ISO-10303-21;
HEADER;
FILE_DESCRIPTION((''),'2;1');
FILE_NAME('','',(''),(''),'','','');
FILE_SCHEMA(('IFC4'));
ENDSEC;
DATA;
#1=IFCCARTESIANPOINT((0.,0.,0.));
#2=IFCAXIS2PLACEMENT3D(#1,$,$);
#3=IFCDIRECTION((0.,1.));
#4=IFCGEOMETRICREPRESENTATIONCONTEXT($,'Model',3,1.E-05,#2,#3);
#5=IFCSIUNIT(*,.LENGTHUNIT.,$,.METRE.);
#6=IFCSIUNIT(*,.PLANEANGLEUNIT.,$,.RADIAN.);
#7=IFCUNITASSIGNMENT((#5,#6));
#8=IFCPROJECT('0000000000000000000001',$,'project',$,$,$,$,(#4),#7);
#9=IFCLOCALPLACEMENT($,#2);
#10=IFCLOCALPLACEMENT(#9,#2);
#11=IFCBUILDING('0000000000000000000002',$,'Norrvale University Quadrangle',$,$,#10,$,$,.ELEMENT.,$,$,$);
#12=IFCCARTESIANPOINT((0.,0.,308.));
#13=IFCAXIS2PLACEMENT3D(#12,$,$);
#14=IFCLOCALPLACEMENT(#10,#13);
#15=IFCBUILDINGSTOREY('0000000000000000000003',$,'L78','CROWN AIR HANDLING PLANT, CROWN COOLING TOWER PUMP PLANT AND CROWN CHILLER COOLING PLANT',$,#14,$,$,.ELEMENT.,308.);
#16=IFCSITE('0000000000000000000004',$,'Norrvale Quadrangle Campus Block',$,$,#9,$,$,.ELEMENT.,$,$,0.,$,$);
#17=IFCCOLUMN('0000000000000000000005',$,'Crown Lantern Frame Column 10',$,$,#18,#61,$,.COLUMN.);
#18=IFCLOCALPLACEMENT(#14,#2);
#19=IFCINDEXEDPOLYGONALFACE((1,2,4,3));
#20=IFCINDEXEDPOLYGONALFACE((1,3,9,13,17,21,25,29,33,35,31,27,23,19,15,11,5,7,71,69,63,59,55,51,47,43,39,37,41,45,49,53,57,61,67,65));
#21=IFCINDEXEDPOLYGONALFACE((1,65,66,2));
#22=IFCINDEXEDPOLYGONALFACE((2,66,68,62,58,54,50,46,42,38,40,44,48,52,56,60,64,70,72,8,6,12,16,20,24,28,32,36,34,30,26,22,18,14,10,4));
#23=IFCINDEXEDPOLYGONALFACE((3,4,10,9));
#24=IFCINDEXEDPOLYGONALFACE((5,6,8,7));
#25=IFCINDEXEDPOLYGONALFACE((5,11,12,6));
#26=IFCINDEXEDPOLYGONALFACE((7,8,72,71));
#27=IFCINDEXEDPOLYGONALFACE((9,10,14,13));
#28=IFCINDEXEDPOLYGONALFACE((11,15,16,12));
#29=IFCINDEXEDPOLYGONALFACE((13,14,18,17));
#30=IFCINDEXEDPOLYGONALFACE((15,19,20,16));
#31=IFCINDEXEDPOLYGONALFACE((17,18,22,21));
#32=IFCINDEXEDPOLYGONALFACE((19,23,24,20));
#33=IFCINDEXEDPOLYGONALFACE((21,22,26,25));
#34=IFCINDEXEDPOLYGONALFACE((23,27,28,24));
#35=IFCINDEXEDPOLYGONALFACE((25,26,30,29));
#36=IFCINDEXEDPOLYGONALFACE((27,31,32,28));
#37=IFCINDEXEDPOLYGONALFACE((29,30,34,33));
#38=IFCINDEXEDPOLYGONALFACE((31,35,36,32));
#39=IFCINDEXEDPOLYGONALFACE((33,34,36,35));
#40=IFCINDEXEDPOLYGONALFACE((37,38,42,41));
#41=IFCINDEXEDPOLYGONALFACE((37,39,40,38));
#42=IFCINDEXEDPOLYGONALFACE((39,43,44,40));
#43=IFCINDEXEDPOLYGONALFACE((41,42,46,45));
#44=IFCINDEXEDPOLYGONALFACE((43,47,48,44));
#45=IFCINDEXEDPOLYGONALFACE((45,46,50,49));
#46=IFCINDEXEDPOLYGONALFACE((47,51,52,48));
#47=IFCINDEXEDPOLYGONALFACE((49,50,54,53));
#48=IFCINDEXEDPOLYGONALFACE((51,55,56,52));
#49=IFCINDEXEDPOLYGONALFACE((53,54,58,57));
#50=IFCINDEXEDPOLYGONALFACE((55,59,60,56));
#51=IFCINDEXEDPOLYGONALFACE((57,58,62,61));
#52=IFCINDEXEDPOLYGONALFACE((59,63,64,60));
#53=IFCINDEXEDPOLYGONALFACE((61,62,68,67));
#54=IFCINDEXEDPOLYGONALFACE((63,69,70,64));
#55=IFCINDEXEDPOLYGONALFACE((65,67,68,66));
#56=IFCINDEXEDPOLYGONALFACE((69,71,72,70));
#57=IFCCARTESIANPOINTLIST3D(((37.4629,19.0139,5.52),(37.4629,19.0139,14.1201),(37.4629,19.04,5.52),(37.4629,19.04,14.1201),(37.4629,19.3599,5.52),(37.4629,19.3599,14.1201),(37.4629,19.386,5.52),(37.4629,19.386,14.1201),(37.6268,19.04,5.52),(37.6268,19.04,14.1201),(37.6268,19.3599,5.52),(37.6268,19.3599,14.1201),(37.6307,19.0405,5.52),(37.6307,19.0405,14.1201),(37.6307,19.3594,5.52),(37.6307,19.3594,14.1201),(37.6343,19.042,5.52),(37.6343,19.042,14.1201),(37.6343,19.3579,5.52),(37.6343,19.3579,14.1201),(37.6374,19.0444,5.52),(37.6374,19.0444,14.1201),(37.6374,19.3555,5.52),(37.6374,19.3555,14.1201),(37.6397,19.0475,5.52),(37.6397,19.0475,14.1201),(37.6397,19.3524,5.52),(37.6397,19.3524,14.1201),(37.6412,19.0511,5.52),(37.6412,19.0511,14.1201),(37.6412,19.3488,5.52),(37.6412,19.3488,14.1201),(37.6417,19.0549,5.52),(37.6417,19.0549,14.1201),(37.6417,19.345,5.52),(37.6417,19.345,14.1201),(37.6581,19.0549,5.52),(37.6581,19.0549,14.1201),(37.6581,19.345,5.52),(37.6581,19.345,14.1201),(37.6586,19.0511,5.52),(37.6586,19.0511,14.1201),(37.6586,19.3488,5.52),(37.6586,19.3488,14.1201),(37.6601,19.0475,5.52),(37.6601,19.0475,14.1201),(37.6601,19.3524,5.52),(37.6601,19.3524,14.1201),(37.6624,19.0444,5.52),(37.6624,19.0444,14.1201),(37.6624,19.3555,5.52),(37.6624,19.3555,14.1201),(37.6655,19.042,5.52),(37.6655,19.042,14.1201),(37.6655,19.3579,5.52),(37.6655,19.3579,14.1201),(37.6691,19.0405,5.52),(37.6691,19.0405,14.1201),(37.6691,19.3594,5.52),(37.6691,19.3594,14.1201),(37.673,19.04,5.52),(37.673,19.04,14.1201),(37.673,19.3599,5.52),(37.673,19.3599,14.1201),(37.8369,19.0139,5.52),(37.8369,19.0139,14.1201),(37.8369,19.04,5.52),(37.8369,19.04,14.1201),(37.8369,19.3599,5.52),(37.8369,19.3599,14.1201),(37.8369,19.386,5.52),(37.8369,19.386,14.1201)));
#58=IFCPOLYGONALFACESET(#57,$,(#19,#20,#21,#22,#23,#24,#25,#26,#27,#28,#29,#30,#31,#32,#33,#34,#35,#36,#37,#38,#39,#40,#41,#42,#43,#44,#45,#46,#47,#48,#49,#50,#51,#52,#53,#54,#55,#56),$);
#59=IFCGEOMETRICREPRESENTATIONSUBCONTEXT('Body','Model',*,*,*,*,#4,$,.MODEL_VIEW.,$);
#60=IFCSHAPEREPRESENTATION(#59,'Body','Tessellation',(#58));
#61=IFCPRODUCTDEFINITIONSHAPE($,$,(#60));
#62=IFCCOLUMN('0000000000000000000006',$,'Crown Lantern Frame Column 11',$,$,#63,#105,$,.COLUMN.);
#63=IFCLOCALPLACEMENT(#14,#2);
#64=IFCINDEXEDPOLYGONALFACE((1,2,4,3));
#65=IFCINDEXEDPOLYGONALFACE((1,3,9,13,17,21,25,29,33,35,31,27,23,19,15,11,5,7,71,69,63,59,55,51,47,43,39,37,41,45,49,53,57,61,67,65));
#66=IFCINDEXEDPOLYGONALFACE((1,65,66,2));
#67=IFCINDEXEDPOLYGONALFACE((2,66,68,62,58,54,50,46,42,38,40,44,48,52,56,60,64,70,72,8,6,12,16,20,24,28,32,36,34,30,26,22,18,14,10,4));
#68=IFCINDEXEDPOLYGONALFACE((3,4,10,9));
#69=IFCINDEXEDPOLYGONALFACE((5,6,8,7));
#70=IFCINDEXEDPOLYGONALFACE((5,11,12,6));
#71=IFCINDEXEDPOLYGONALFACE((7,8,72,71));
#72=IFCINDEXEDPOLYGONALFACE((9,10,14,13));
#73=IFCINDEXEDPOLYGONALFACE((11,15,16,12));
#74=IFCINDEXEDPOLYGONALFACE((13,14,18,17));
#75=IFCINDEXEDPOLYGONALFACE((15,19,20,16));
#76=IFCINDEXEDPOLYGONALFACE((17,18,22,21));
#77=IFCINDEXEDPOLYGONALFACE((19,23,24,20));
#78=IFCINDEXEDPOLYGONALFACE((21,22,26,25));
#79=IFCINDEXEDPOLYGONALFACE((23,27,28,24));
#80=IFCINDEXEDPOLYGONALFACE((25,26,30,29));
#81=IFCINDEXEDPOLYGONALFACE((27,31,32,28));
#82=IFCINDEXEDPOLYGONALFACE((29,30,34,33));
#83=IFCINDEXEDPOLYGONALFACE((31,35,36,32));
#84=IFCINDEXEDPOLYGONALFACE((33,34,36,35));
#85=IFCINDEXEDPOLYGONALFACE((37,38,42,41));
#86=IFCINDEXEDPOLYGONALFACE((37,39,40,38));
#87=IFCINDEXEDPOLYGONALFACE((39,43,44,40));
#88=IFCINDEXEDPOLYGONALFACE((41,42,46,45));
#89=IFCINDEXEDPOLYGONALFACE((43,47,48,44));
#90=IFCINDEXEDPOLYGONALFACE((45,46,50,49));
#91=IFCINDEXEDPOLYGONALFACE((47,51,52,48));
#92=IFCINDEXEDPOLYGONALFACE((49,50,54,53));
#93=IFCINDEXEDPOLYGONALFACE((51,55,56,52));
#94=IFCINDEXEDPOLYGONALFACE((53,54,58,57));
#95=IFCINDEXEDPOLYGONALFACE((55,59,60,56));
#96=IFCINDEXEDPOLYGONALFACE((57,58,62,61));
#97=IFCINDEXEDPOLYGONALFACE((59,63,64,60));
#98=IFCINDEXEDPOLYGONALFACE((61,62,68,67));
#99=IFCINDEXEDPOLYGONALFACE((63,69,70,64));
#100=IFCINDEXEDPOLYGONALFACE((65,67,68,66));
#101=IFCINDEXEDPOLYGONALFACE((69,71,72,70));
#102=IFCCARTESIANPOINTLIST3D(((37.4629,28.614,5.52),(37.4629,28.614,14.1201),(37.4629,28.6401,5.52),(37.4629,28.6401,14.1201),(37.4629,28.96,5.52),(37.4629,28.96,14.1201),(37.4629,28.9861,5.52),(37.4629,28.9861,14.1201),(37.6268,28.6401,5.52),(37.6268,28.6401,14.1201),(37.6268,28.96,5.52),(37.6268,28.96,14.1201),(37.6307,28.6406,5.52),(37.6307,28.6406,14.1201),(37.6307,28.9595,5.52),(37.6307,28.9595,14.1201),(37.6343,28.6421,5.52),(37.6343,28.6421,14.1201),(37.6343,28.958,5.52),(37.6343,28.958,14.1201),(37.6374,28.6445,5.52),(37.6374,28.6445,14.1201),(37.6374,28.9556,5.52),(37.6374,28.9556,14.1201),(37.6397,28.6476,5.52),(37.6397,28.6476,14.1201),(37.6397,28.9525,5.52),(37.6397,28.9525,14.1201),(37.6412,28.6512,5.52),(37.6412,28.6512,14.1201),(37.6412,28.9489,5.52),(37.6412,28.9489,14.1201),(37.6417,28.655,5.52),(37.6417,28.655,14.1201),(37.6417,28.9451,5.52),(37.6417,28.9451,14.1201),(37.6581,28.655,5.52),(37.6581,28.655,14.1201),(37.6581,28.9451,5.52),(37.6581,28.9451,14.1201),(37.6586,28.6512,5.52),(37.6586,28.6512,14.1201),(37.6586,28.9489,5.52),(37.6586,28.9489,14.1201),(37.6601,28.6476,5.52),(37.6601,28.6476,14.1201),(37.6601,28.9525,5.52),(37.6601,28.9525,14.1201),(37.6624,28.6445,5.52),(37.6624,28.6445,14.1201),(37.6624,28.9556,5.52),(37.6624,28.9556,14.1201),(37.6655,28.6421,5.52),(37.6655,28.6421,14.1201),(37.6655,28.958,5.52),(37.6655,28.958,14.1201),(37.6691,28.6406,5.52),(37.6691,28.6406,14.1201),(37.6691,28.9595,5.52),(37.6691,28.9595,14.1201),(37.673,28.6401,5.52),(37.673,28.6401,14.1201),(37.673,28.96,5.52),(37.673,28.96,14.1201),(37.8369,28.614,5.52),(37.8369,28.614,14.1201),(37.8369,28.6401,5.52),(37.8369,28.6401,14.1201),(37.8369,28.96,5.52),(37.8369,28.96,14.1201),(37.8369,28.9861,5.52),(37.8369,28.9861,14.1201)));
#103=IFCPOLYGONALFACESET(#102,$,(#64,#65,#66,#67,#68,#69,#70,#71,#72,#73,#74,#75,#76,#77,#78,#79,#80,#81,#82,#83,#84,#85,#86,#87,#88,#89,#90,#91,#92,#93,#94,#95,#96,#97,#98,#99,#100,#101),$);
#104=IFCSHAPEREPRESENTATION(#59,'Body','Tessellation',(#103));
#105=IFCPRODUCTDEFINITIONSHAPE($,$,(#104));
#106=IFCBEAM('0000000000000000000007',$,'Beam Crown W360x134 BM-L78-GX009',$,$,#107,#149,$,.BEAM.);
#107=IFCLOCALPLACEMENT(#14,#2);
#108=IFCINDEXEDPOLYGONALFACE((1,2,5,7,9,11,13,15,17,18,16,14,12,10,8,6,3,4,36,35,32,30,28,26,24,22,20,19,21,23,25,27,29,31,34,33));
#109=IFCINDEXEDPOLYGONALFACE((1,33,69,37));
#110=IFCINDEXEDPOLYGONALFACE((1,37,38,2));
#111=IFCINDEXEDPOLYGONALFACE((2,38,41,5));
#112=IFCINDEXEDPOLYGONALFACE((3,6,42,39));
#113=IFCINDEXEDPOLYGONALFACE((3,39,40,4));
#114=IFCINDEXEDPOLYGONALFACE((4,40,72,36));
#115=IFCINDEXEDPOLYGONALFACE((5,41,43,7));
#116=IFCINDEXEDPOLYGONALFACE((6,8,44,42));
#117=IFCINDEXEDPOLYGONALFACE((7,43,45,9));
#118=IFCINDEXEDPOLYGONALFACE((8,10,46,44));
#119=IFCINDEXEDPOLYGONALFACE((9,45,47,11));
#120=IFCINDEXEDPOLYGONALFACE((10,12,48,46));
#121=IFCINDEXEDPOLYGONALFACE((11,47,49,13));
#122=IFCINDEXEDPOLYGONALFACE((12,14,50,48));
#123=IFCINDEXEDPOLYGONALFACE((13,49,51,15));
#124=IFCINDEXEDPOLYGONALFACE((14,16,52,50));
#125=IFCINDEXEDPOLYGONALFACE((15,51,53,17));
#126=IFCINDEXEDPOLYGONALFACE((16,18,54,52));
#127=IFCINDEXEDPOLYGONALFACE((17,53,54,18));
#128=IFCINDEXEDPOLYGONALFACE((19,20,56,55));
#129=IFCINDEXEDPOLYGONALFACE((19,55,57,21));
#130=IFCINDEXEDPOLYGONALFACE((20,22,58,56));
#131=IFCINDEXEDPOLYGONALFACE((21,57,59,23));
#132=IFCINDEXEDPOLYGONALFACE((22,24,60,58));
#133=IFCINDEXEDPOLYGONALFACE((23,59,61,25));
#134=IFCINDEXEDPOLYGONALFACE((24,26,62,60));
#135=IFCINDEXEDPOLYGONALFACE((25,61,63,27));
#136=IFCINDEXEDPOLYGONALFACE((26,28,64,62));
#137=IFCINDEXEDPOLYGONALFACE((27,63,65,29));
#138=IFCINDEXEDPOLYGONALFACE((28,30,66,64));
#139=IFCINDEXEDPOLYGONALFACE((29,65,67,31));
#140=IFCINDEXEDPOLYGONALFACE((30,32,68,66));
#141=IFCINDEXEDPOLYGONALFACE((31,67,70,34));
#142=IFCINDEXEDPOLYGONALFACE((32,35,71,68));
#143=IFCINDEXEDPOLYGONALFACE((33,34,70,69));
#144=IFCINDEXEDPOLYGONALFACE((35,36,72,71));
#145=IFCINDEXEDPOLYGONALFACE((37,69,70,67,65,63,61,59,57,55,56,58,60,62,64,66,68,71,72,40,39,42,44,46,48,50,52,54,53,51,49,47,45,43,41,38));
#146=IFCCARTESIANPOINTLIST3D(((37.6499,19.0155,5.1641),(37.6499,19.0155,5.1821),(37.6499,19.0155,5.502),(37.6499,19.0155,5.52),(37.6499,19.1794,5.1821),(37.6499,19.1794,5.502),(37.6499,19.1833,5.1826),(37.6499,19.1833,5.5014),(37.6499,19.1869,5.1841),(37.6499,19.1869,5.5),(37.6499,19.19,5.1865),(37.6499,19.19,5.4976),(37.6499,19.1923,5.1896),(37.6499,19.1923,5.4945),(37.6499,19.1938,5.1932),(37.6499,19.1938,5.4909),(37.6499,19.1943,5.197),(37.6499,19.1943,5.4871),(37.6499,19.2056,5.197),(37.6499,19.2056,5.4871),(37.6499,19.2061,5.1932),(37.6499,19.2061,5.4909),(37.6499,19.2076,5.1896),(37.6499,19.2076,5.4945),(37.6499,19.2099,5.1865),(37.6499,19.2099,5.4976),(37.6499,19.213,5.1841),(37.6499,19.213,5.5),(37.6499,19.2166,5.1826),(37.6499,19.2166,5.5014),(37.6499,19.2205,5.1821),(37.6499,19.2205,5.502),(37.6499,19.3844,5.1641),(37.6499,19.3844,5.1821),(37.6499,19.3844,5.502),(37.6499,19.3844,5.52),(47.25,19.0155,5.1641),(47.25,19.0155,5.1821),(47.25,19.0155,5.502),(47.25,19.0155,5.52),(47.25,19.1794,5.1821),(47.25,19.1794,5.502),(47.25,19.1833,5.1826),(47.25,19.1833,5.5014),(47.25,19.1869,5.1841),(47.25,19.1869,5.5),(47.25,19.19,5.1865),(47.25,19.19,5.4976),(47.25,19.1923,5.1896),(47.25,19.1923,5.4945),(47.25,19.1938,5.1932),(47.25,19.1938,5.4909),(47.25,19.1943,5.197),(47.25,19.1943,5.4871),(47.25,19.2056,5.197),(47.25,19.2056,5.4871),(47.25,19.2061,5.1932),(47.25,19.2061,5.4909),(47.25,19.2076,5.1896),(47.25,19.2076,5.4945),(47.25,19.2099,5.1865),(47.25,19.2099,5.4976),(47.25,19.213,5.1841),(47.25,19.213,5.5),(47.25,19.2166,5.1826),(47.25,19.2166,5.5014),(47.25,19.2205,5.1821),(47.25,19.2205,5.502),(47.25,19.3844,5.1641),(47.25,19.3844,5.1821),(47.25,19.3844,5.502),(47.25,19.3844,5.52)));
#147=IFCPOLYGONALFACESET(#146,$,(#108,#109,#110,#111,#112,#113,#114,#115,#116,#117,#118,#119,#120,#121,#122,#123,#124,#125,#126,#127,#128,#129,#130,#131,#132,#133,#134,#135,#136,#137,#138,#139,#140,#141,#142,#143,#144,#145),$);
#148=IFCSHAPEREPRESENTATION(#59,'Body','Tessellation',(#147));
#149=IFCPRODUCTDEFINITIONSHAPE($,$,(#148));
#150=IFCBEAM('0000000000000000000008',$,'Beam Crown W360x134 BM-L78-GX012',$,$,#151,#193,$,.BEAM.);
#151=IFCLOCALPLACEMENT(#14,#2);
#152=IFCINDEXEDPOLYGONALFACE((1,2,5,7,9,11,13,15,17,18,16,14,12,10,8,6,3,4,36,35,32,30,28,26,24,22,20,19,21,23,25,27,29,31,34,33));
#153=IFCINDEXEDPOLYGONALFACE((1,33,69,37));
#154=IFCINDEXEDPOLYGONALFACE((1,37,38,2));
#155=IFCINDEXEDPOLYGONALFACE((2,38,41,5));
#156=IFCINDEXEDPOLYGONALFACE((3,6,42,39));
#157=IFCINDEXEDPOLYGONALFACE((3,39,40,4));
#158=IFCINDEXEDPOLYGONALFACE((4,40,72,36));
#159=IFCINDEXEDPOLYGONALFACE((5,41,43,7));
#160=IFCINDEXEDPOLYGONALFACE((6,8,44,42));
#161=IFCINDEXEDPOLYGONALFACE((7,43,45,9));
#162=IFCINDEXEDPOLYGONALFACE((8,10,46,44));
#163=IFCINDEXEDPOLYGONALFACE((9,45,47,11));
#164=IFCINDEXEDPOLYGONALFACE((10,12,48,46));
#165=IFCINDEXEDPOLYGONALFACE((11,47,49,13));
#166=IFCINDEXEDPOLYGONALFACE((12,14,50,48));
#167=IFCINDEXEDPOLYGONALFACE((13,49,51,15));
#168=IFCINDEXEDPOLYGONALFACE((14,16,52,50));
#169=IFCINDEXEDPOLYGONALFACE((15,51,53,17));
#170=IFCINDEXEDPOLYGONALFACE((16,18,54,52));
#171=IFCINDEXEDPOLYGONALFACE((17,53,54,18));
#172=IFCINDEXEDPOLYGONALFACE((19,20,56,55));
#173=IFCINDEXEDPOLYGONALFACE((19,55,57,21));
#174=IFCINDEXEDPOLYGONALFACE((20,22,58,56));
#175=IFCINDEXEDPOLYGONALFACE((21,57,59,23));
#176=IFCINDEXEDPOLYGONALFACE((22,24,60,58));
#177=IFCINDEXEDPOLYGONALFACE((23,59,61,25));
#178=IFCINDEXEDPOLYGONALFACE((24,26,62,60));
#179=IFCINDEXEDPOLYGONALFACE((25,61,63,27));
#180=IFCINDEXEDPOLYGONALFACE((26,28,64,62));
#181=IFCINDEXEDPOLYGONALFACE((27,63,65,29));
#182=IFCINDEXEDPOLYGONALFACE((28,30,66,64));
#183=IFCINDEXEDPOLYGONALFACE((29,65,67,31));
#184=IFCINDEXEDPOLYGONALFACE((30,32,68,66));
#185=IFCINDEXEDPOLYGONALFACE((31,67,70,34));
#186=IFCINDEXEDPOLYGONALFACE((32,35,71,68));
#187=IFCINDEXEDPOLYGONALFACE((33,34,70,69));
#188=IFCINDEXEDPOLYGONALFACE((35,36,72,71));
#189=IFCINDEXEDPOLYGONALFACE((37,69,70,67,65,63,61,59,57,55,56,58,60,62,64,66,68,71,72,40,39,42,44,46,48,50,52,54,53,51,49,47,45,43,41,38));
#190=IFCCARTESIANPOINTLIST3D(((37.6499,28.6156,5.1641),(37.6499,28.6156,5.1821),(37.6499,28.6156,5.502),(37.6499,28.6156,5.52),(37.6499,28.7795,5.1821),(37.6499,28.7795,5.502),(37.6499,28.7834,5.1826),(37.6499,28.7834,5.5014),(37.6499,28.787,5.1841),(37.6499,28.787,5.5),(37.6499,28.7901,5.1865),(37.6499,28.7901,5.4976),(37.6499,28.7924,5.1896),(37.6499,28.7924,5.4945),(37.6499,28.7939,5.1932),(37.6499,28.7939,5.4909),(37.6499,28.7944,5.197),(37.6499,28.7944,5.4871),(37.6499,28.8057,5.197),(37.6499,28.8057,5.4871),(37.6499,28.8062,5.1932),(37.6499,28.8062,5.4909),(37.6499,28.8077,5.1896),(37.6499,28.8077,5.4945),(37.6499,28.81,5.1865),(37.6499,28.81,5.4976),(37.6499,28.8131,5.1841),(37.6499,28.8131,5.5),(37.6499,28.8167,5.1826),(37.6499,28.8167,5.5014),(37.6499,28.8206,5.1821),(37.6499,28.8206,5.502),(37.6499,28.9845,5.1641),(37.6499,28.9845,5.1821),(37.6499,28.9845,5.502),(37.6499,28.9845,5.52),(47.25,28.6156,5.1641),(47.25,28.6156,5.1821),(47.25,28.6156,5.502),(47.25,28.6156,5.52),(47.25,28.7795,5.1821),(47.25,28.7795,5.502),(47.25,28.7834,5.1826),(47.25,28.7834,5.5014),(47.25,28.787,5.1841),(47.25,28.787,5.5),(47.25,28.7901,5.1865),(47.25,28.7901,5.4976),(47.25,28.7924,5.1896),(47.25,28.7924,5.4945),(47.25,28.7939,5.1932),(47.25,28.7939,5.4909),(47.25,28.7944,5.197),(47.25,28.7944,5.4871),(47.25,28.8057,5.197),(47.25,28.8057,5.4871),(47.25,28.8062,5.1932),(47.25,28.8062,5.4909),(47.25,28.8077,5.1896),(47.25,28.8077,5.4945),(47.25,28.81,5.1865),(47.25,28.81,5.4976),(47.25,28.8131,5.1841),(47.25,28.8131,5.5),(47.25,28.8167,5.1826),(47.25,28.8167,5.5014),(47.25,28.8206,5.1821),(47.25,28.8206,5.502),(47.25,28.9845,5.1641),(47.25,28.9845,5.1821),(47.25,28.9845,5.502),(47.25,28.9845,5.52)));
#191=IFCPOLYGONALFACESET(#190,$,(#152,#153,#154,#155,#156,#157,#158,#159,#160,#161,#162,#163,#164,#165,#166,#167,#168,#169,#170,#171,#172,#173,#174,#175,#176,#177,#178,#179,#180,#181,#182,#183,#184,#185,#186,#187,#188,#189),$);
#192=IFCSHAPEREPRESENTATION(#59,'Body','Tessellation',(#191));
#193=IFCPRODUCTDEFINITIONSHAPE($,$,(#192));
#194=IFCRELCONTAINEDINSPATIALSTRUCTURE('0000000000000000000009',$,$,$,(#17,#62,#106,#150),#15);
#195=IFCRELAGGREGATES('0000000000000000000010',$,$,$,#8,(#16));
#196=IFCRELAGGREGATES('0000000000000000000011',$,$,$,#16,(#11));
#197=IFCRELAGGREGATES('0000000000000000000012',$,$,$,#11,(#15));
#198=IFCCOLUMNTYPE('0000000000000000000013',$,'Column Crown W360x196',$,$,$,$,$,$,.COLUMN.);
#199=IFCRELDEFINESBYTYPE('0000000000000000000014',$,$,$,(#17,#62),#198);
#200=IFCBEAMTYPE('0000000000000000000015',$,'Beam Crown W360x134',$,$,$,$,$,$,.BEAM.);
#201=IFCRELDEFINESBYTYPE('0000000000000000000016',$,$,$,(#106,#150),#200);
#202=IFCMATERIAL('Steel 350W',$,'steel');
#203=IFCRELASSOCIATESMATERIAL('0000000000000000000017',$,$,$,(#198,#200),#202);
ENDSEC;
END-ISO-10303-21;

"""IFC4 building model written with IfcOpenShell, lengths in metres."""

from ifc_helpers import new_model, si_unit, direction, frame, origin, origin_2d, place, context, subcontext, project, spatial, i_section, extrude, material, material_profile, profile_set, type_object, element, save


model = new_model("IFC4")

# Units and contexts
model_context = context("Model", 3, precision=1e-05, world=origin(), true_north=direction((0.0, 1.0)))
body_context = subcontext(model_context, "Body", "Model", "MODEL_VIEW")
ifc_project = project(units=[si_unit("LENGTHUNIT", "METRE"), si_unit("PLANEANGLEUNIT", "RADIAN")], contexts=[model_context])

# Site, building, storey
site_placement = place(None, origin())
site = spatial("IfcSite", under=ifc_project, at=site_placement, Name="Norrvale Quadrangle Campus Block", CompositionType="ELEMENT", RefElevation=0.0)
building_placement = place(site_placement, origin())
building = spatial("IfcBuilding", under=site, at=building_placement, Name="Norrvale University Quadrangle", CompositionType="ELEMENT")
storey_placement = place(building_placement, frame((0.0, 0.0, 308.0)))
storey = spatial("IfcBuildingStorey", under=building, at=storey_placement, Name="L78", Description="CROWN AIR HANDLING PLANT, CROWN COOLING TOWER PUMP PLANT AND CROWN CHILLER COOLING PLANT", CompositionType="ELEMENT", Elevation=308.0)

# Columns
ifc_material_1 = material(Name="Steel 350W", Category="steel")
ifc_material_profile_1 = material_profile(ifc_material_1, i_section(OverallWidth=0.374, OverallDepth=0.3721, WebThickness=0.0164, FlangeThickness=0.0261, FilletRadius=0.0149, at=origin_2d()), Name="Steel 350W")
ifc_profile_set_1 = profile_set([ifc_material_profile_1], Name="Steel 350W")
column_type = type_object("IfcColumnType", Name="Column Crown W360x196", PredefinedType="COLUMN", material=ifc_profile_set_1)
for number, where, z_axis, x_axis, name in (
    (1, (37.6499, 19.2, 5.52), (0.0, 0.0, 1.0), (1.0, 0.0, 0.0), "Crown Lantern Frame Column 10"),
    (2, (37.6499, 28.8, 5.52), (0.0, 0.0, 1.0), (1.0, 0.0, 0.0), "Crown Lantern Frame Column 11"),
):
    element("IfcColumn", number, at=place(storey_placement, frame(where, z_axis=z_axis, x_axis=x_axis)), inside=storey, type_object=column_type, Name=name, PredefinedType="COLUMN", context=body_context, shape_type="SweptSolid", body=[
        extrude(i_section(OverallWidth=0.374, OverallDepth=0.3721, WebThickness=0.0164, FlangeThickness=0.0261, FilletRadius=0.0149, at=origin_2d()), origin(), (0.0, 0.0, 1.0), 8.6001),
    ])

# Beams
ifc_material_profile_2 = material_profile(ifc_material_1, i_section(OverallWidth=0.3689, OverallDepth=0.356, WebThickness=0.0112, FlangeThickness=0.0181, FilletRadius=0.0149, at=origin_2d()), Name="Steel 350W")
ifc_profile_set_2 = profile_set([ifc_material_profile_2], Name="Steel 350W")
beam_type_1 = type_object("IfcBeamType", Name="Beam Crown W360x134", PredefinedType="BEAM", material=ifc_profile_set_2)
for number, where, z_axis, x_axis, name in (
    (3, (37.6499, 19.2, 5.342), (1.0, 0.0, 0.0), (0.0, 1.0, 0.0), "Beam Crown W360x134 BM-L78-GX009"),
    (4, (37.6499, 28.8, 5.342), (1.0, 0.0, 0.0), (0.0, 1.0, 0.0), "Beam Crown W360x134 BM-L78-GX012"),
):
    element("IfcBeam", number, at=place(storey_placement, frame(where, z_axis=z_axis, x_axis=x_axis)), inside=storey, type_object=beam_type_1, Name=name, PredefinedType="BEAM", context=body_context, shape_type="SweptSolid", body=[
        extrude(i_section(OverallWidth=0.3689, OverallDepth=0.356, WebThickness=0.0112, FlangeThickness=0.0181, FilletRadius=0.0149, at=origin_2d()), origin(), (0.0, 0.0, 1.0), 9.6001),
    ])

save(model, "model.ifc")
